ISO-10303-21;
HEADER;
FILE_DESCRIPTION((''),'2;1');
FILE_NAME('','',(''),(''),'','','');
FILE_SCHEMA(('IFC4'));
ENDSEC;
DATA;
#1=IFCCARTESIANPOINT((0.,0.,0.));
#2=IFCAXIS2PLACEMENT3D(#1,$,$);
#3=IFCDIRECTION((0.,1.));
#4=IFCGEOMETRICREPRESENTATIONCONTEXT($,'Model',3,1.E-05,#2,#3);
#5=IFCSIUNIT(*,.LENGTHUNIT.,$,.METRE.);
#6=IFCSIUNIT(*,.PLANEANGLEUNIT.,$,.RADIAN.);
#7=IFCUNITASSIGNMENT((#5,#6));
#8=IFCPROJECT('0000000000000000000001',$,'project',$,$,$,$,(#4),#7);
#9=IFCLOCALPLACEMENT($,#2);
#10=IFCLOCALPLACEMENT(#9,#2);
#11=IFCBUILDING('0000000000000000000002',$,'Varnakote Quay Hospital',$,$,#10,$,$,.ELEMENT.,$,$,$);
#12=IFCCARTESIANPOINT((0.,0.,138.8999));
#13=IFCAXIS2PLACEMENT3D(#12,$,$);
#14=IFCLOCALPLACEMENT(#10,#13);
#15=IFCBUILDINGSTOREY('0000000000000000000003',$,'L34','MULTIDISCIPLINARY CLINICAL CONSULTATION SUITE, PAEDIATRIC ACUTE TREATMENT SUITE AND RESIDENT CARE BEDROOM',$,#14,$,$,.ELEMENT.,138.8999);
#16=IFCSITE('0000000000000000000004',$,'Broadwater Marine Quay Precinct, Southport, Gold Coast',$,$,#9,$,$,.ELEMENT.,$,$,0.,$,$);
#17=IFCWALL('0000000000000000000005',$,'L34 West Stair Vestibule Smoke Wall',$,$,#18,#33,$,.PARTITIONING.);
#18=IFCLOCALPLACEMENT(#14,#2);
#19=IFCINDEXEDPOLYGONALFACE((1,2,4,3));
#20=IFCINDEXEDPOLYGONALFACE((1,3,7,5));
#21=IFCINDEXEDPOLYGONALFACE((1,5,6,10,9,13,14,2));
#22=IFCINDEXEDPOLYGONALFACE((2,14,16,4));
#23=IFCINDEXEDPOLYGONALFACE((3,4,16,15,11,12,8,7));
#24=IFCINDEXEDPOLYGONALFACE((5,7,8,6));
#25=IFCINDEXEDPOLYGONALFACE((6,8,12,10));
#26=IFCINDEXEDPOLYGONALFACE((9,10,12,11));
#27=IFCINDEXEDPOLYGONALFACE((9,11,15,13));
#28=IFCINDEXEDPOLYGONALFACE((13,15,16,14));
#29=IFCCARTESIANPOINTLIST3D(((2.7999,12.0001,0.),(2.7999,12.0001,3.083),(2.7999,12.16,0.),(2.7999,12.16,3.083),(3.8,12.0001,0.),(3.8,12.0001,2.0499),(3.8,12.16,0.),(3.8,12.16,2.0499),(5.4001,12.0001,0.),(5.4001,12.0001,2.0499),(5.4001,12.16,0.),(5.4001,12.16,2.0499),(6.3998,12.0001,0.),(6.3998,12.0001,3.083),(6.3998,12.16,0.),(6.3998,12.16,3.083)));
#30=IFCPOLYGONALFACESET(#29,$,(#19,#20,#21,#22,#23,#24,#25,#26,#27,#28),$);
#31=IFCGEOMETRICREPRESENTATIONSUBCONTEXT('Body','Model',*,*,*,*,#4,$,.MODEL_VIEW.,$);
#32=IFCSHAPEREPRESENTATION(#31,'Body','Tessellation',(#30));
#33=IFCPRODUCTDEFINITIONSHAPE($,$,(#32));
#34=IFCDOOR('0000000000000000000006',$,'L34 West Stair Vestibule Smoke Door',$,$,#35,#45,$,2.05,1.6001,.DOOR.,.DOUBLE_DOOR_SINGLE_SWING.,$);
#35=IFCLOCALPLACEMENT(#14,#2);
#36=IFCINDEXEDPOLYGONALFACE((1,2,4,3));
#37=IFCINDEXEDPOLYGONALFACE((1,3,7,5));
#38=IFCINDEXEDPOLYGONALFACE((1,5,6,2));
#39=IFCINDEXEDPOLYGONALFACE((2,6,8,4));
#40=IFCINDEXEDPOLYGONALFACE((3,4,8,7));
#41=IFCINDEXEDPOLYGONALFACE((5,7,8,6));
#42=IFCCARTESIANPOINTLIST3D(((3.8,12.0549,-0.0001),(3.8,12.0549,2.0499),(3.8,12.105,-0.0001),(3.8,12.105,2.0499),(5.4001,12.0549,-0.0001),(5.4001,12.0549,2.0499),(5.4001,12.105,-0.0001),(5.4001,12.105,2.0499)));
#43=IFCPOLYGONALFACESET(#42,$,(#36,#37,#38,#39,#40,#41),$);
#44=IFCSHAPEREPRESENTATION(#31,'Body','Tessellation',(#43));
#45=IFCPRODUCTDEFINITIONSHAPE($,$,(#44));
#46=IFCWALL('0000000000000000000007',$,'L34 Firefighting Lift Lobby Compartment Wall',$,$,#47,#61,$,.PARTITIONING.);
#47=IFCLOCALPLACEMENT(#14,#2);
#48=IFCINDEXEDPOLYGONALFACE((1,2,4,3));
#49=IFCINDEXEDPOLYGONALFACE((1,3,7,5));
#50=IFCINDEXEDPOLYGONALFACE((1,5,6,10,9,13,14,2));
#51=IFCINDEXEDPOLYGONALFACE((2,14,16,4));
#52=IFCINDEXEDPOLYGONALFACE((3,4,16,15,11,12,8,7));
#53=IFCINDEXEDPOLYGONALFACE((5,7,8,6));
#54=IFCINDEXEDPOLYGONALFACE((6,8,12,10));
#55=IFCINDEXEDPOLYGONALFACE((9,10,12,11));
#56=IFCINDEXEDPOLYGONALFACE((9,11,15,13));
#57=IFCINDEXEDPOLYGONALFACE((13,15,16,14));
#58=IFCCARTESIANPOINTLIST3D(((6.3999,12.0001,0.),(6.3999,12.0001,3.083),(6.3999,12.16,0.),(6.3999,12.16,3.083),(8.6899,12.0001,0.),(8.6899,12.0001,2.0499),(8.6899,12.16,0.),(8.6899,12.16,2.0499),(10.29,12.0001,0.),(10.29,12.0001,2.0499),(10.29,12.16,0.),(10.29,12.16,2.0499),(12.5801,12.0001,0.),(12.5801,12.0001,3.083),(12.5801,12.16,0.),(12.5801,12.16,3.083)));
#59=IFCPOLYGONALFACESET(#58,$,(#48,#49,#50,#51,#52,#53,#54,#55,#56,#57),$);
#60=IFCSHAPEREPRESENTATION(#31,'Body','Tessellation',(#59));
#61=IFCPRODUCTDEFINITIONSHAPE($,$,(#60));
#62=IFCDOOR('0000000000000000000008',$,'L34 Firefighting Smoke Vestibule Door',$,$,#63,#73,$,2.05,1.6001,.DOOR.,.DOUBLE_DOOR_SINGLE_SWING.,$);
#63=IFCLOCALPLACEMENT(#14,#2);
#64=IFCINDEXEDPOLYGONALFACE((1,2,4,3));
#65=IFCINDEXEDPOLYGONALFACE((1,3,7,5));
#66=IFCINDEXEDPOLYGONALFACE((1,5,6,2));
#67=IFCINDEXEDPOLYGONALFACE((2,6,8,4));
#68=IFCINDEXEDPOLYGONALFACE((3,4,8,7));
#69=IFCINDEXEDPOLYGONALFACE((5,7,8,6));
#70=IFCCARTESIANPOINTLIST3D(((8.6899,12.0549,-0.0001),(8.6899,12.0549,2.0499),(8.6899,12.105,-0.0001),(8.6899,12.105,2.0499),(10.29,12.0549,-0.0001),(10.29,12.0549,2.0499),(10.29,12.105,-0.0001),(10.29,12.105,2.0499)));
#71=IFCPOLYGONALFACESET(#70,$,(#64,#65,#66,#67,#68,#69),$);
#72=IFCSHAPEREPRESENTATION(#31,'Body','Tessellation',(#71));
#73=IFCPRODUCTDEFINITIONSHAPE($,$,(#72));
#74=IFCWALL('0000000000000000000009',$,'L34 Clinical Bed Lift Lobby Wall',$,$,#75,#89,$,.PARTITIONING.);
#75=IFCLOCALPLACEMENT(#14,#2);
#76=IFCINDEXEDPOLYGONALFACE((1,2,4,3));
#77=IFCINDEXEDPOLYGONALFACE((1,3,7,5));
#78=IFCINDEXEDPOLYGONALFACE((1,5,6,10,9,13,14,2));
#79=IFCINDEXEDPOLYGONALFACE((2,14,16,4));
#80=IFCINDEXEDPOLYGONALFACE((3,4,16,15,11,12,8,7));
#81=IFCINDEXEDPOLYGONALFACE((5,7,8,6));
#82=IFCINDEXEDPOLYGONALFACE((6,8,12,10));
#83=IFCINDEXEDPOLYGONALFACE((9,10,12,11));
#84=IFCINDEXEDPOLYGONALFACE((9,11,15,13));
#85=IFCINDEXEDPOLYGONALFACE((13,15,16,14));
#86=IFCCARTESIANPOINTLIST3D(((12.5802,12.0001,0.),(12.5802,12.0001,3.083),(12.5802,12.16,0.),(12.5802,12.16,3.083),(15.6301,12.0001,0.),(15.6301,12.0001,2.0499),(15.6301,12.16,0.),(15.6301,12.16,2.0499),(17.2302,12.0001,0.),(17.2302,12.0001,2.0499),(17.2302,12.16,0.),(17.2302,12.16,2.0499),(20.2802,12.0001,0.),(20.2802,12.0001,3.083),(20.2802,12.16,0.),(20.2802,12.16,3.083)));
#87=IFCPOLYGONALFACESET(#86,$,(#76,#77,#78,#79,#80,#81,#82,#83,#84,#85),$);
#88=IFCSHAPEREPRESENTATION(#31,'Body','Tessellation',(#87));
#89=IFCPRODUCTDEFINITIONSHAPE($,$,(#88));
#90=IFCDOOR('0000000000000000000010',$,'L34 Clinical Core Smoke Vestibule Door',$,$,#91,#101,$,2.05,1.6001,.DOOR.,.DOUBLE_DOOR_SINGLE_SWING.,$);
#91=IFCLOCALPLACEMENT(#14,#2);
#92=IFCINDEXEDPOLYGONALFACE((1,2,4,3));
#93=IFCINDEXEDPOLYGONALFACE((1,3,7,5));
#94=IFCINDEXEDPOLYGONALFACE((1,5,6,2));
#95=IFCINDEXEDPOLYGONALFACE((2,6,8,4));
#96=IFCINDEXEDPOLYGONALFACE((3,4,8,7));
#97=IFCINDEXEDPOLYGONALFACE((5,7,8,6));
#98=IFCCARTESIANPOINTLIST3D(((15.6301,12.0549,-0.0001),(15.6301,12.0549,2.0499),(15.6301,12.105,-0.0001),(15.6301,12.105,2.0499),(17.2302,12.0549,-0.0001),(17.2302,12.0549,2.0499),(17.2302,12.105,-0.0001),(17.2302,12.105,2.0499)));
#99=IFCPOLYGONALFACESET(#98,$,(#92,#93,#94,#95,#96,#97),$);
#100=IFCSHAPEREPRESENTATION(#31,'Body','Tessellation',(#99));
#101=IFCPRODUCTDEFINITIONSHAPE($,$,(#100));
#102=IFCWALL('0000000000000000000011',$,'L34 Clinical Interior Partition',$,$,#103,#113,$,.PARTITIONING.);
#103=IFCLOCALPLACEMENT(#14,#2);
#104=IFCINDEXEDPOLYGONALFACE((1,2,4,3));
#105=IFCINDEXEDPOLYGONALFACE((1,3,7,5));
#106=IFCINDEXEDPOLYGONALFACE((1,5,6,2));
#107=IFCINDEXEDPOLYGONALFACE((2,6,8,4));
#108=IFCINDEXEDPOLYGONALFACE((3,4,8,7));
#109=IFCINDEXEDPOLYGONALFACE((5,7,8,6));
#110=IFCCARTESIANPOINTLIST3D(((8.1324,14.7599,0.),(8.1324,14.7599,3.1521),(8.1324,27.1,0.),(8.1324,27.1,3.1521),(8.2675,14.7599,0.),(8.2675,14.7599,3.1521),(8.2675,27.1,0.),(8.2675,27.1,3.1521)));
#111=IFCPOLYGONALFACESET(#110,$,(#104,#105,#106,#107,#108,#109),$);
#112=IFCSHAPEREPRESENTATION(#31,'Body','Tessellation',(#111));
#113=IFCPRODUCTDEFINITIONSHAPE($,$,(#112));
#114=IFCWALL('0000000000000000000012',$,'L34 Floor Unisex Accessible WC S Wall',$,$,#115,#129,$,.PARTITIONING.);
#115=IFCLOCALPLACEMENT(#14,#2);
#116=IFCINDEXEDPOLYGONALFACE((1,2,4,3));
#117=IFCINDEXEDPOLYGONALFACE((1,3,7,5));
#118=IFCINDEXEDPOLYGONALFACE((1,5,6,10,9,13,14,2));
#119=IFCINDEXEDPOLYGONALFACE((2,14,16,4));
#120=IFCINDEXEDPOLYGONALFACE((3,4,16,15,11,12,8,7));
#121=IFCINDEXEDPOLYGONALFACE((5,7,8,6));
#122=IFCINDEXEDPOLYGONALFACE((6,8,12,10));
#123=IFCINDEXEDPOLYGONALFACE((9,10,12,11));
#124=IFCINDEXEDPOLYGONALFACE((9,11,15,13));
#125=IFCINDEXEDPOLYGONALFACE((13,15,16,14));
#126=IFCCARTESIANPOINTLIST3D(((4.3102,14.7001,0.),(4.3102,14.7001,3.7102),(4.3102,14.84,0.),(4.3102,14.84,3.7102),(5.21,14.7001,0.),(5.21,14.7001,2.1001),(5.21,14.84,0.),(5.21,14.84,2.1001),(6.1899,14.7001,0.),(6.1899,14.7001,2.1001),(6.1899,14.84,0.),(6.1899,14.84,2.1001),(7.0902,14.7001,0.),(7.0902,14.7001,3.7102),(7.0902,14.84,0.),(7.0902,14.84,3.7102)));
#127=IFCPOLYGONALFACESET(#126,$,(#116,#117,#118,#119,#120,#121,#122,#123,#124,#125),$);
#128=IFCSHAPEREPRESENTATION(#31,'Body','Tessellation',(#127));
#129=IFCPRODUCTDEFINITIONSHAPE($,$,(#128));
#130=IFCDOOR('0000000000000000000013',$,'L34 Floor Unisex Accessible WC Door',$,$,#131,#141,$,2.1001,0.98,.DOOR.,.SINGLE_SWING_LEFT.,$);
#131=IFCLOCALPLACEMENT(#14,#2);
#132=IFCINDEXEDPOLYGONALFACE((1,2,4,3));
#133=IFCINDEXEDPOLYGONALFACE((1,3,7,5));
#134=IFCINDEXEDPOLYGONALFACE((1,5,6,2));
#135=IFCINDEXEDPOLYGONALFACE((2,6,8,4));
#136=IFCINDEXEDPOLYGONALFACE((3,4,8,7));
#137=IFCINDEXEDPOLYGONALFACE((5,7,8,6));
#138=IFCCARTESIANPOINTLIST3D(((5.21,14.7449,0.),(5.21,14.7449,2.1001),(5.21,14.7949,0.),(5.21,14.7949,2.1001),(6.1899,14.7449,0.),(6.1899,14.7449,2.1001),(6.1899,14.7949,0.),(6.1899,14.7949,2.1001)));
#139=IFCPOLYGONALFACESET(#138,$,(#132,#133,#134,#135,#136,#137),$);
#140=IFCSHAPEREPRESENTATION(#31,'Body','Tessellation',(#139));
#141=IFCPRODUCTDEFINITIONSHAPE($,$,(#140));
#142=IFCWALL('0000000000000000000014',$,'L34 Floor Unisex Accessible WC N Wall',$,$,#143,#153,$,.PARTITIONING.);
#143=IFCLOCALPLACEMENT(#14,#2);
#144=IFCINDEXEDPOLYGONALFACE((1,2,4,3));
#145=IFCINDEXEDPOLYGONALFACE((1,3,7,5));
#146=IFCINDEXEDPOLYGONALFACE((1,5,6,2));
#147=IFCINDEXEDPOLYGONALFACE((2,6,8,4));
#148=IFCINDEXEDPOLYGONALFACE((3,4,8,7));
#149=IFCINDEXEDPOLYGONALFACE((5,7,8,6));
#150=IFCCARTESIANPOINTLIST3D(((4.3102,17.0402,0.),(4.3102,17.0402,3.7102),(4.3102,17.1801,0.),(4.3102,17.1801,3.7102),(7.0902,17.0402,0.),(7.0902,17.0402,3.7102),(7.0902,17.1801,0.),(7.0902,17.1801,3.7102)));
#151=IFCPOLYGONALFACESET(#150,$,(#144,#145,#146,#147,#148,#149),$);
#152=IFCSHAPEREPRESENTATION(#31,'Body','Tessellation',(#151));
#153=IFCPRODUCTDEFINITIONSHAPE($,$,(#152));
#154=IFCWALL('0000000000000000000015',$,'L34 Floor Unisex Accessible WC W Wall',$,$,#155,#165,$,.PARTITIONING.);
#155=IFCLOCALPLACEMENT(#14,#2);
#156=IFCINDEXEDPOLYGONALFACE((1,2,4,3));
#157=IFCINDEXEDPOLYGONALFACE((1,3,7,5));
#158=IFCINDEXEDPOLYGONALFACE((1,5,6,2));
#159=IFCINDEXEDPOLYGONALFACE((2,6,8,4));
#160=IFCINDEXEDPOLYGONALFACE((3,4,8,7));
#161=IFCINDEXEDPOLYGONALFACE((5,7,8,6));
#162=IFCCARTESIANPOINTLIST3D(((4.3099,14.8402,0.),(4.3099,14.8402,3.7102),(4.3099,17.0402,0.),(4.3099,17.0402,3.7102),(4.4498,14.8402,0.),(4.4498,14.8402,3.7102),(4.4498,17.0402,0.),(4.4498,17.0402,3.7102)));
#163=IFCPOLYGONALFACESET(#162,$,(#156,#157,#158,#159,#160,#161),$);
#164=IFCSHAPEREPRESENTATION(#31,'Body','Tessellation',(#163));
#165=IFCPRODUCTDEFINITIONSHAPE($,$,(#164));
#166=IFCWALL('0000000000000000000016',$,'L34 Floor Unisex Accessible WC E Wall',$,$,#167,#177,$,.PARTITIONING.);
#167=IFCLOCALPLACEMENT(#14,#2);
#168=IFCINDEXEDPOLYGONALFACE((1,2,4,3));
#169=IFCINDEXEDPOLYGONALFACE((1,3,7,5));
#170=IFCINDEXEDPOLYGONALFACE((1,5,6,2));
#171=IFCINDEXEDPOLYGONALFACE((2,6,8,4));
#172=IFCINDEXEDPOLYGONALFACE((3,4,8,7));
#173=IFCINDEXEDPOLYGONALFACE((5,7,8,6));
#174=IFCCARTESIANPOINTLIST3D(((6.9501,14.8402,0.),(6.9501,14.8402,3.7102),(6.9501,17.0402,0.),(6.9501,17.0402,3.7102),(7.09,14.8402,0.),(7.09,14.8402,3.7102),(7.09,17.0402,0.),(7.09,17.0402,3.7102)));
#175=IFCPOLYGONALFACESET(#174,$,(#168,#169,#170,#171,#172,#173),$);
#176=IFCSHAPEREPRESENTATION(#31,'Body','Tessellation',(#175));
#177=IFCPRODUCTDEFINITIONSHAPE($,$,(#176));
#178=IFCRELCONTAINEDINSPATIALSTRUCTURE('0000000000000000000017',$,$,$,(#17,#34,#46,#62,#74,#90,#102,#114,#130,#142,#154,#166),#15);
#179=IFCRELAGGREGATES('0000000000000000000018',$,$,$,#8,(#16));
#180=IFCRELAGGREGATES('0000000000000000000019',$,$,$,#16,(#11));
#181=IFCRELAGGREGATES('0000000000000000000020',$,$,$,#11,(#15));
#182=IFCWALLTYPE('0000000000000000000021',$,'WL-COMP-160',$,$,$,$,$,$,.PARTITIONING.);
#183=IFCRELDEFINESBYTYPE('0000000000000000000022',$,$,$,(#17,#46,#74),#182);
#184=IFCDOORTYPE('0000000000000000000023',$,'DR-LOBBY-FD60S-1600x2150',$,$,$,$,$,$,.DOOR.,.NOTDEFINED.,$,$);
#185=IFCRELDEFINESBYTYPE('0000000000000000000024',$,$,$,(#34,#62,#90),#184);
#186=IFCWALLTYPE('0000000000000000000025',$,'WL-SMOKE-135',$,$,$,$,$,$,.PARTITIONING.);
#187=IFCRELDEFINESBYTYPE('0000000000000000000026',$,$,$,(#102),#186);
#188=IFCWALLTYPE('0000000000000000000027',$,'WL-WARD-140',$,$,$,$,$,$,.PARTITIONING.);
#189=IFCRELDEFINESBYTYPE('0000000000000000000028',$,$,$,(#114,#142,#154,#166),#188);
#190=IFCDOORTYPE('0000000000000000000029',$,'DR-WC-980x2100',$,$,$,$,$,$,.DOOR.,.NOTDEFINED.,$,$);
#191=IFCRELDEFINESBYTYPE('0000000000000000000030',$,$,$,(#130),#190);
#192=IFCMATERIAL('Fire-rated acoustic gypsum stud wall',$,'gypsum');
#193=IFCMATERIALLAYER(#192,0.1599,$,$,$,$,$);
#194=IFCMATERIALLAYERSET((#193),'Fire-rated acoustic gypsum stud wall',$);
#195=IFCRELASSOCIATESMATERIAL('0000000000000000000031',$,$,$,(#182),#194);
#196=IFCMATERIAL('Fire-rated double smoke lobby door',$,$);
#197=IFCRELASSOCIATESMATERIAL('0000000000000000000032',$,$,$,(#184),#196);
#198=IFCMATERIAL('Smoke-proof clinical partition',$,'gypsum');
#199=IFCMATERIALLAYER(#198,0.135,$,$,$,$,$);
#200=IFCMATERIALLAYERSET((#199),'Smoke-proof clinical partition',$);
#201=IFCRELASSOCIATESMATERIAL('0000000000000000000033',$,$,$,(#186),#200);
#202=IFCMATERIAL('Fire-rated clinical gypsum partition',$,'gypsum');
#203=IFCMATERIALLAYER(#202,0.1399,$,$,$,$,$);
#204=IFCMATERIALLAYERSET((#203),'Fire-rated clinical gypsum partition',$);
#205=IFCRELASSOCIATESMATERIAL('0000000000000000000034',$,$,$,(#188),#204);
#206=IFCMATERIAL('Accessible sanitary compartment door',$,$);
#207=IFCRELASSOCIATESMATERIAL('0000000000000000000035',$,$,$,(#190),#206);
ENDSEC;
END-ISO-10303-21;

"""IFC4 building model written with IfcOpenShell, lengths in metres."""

from ifc_helpers import new_model, si_unit, direction, frame, frame_2d, origin, place, context, subcontext, project, spatial, rectangle, extrude, material, layer, layer_set, type_object, element, fill, save


model = new_model("IFC4")

# Units and contexts
model_context = context("Model", 3, precision=1e-05, world=origin(), true_north=direction((0.0, 1.0)))
body_context = subcontext(model_context, "Body", "Model", "MODEL_VIEW")
ifc_project = project(units=[si_unit("LENGTHUNIT", "METRE"), si_unit("PLANEANGLEUNIT", "RADIAN")], contexts=[model_context])

# Site, building, storey
site_placement = place(None, origin())
site = spatial("IfcSite", under=ifc_project, at=site_placement, Name="Broadwater Marine Quay Precinct, Southport, Gold Coast", CompositionType="ELEMENT", RefElevation=0.0)
building_placement = place(site_placement, origin())
building = spatial("IfcBuilding", under=site, at=building_placement, Name="Varnakote Quay Hospital", CompositionType="ELEMENT")
storey_placement = place(building_placement, frame((0.0, 0.0, 138.8999)))
storey = spatial("IfcBuildingStorey", under=building, at=storey_placement, Name="L34", Description="MULTIDISCIPLINARY CLINICAL CONSULTATION SUITE, PAEDIATRIC ACUTE TREATMENT SUITE AND RESIDENT CARE BEDROOM", CompositionType="ELEMENT", Elevation=138.8999)

# Walls, openings, doors
ifc_material_1 = material(Name="Fire-rated acoustic gypsum stud wall", Category="gypsum")
ifc_layer_1 = layer(ifc_material_1, 0.1599)
ifc_layer_set_1 = layer_set([ifc_layer_1], Name="Fire-rated acoustic gypsum stud wall")
wall_type_1 = type_object("IfcWallType", Name="WL-COMP-160", PredefinedType="PARTITIONING", material=ifc_layer_set_1)
wall_1_placement = place(storey_placement, frame((2.8, 12.0801, 0.0), z_axis=(0.0, 0.0, 1.0), x_axis=(1.0, 0.0, 0.0)))
wall_1 = element("IfcWall", 1, at=wall_1_placement, inside=storey, type_object=wall_type_1, Name="L34 West Stair Vestibule Smoke Wall", PredefinedType="PARTITIONING", context=body_context, shape_type="SweptSolid", body=[
    extrude(rectangle(XDim=3.5999, YDim=0.1599, at=frame_2d((1.7998, 0.0))), origin(), (0.0, 0.0, 1.0), 3.083),
])
opening_1_placement = place(wall_1_placement, frame((1.0, 0.0, 0.0)))
opening_1 = element("IfcOpeningElement", 2, at=opening_1_placement, cuts=wall_1, PredefinedType="OPENING", context=body_context, shape_type="SweptSolid", body=[
    extrude(rectangle(XDim=1.6001, YDim=2.05, at=frame_2d((0.8, 1.0249))), frame((0.0, 0.0898, 0.0), z_axis=(0.0, -1.0, 0.0), x_axis=(1.0, 0.0, 0.0)), (0.0, 0.0, 1.0), 0.1799),
])
ifc_material_2 = material(Name="Fire-rated double smoke lobby door")
door_type_1 = type_object("IfcDoorType", Name="DR-LOBBY-FD60S-1600x2150", OperationType="NOTDEFINED", PredefinedType="DOOR", material=ifc_material_2)
door_1_placement = place(opening_1_placement, origin())
door_1 = element("IfcDoor", 3, at=door_1_placement, inside=storey, type_object=door_type_1, Name="L34 West Stair Vestibule Smoke Door", OperationType="DOUBLE_DOOR_SINGLE_SWING", OverallHeight=2.05, OverallWidth=1.6001, PredefinedType="DOOR", context=body_context, shape_type="SweptSolid", body=[
    extrude(rectangle(XDim=1.6001, YDim=2.05, at=frame_2d((0.8, 1.0249))), frame((0.0, 0.0249, 0.0), z_axis=(0.0, -1.0, 0.0), x_axis=(1.0, 0.0, 0.0)), (0.0, 0.0, 1.0), 0.05),
])
fill(opening_1, door_1)
wall_2_placement = place(storey_placement, frame((6.3999, 12.0801, 0.0), z_axis=(0.0, 0.0, 1.0), x_axis=(1.0, 0.0, 0.0)))
wall_2 = element("IfcWall", 4, at=wall_2_placement, inside=storey, type_object=wall_type_1, Name="L34 Firefighting Lift Lobby Compartment Wall", PredefinedType="PARTITIONING", context=body_context, shape_type="SweptSolid", body=[
    extrude(rectangle(XDim=6.1802, YDim=0.1599, at=frame_2d((3.0901, 0.0))), origin(), (0.0, 0.0, 1.0), 3.083),
])
opening_2_placement = place(wall_2_placement, frame((2.29, 0.0, 0.0)))
opening_2 = element("IfcOpeningElement", 5, at=opening_2_placement, cuts=wall_2, PredefinedType="OPENING", context=body_context, shape_type="SweptSolid", body=[
    extrude(rectangle(XDim=1.6001, YDim=2.05, at=frame_2d((0.8, 1.0249))), frame((0.0, 0.0898, 0.0), z_axis=(0.0, -1.0, 0.0), x_axis=(1.0, 0.0, 0.0)), (0.0, 0.0, 1.0), 0.1799),
])
door_2_placement = place(opening_2_placement, origin())
door_2 = element("IfcDoor", 6, at=door_2_placement, inside=storey, type_object=door_type_1, Name="L34 Firefighting Smoke Vestibule Door", OperationType="DOUBLE_DOOR_SINGLE_SWING", OverallHeight=2.05, OverallWidth=1.6001, PredefinedType="DOOR", context=body_context, shape_type="SweptSolid", body=[
    extrude(rectangle(XDim=1.6001, YDim=2.05, at=frame_2d((0.8, 1.0249))), frame((0.0, 0.0249, 0.0), z_axis=(0.0, -1.0, 0.0), x_axis=(1.0, 0.0, 0.0)), (0.0, 0.0, 1.0), 0.05),
])
fill(opening_2, door_2)
wall_3_placement = place(storey_placement, frame((12.5801, 12.0801, 0.0), z_axis=(0.0, 0.0, 1.0), x_axis=(1.0, 0.0, 0.0)))
wall_3 = element("IfcWall", 7, at=wall_3_placement, inside=storey, type_object=wall_type_1, Name="L34 Clinical Bed Lift Lobby Wall", PredefinedType="PARTITIONING", context=body_context, shape_type="SweptSolid", body=[
    extrude(rectangle(XDim=7.7, YDim=0.1599, at=frame_2d((3.8501, 0.0))), origin(), (0.0, 0.0, 1.0), 3.083),
])
opening_3_placement = place(wall_3_placement, frame((3.05, 0.0, 0.0)))
opening_3 = element("IfcOpeningElement", 8, at=opening_3_placement, cuts=wall_3, PredefinedType="OPENING", context=body_context, shape_type="SweptSolid", body=[
    extrude(rectangle(XDim=1.6001, YDim=2.05, at=frame_2d((0.8, 1.0249))), frame((0.0, 0.0898, 0.0), z_axis=(0.0, -1.0, 0.0), x_axis=(1.0, 0.0, 0.0)), (0.0, 0.0, 1.0), 0.1799),
])
door_3_placement = place(opening_3_placement, origin())
door_3 = element("IfcDoor", 9, at=door_3_placement, inside=storey, type_object=door_type_1, Name="L34 Clinical Core Smoke Vestibule Door", OperationType="DOUBLE_DOOR_SINGLE_SWING", OverallHeight=2.05, OverallWidth=1.6001, PredefinedType="DOOR", context=body_context, shape_type="SweptSolid", body=[
    extrude(rectangle(XDim=1.6001, YDim=2.05, at=frame_2d((0.8, 1.0249))), frame((0.0, 0.0249, 0.0), z_axis=(0.0, -1.0, 0.0), x_axis=(1.0, 0.0, 0.0)), (0.0, 0.0, 1.0), 0.05),
])
fill(opening_3, door_3)

# Wall
ifc_material_3 = material(Name="Smoke-proof clinical partition", Category="gypsum")
ifc_layer_2 = layer(ifc_material_3, 0.135)
ifc_layer_set_2 = layer_set([ifc_layer_2], Name="Smoke-proof clinical partition")
wall_type_2 = type_object("IfcWallType", Name="WL-SMOKE-135", PredefinedType="PARTITIONING", material=ifc_layer_set_2)
wall_4_placement = place(storey_placement, frame((8.2, 14.76, 0.0), z_axis=(0.0, 0.0, 1.0), x_axis=(0.0, 1.0, 0.0)))
element("IfcWall", 10, at=wall_4_placement, inside=storey, type_object=wall_type_2, Name="L34 Clinical Interior Partition", PredefinedType="PARTITIONING", context=body_context, shape_type="SweptSolid", body=[
    extrude(rectangle(XDim=12.3401, YDim=0.135, at=frame_2d((6.1699, 0.0))), origin(), (0.0, 0.0, 1.0), 3.1521),
])

# Wall, opening, door
ifc_material_4 = material(Name="Fire-rated clinical gypsum partition", Category="gypsum")
ifc_layer_3 = layer(ifc_material_4, 0.1399)
ifc_layer_set_3 = layer_set([ifc_layer_3], Name="Fire-rated clinical gypsum partition")
wall_type_3 = type_object("IfcWallType", Name="WL-WARD-140", PredefinedType="PARTITIONING", material=ifc_layer_set_3)
wall_5_placement = place(storey_placement, frame((4.3101, 14.77, 0.0), z_axis=(0.0, 0.0, 1.0), x_axis=(1.0, 0.0, 0.0)))
wall_5 = element("IfcWall", 11, at=wall_5_placement, inside=storey, type_object=wall_type_3, Name="L34 Floor Unisex Accessible WC S Wall", PredefinedType="PARTITIONING", context=body_context, shape_type="SweptSolid", body=[
    extrude(rectangle(XDim=2.78, YDim=0.1399, at=frame_2d((1.3901, 0.0))), origin(), (0.0, 0.0, 1.0), 3.7102),
])
opening_4_placement = place(wall_5_placement, frame((0.8999, 0.0, 0.0)))
opening_4 = element("IfcOpeningElement", 12, at=opening_4_placement, cuts=wall_5, PredefinedType="OPENING", context=body_context, shape_type="SweptSolid", body=[
    extrude(rectangle(XDim=0.98, YDim=2.1001, at=frame_2d((0.49, 1.05))), frame((0.0, 0.0798, 0.0), z_axis=(0.0, -1.0, 0.0), x_axis=(1.0, 0.0, 0.0)), (0.0, 0.0, 1.0), 0.1599),
])
ifc_material_5 = material(Name="Accessible sanitary compartment door")
door_type_2 = type_object("IfcDoorType", Name="DR-WC-980x2100", OperationType="NOTDEFINED", PredefinedType="DOOR", material=ifc_material_5)
door_4_placement = place(opening_4_placement, origin())
door_4 = element("IfcDoor", 13, at=door_4_placement, inside=storey, type_object=door_type_2, Name="L34 Floor Unisex Accessible WC Door", OperationType="SINGLE_SWING_LEFT", OverallHeight=2.1001, OverallWidth=0.98, PredefinedType="DOOR", context=body_context, shape_type="SweptSolid", body=[
    extrude(rectangle(XDim=0.98, YDim=2.1001, at=frame_2d((0.49, 1.05))), frame((0.0, 0.0249, 0.0), z_axis=(0.0, -1.0, 0.0), x_axis=(1.0, 0.0, 0.0)), (0.0, 0.0, 1.0), 0.05),
])
fill(opening_4, door_4)

# Walls
wall_6_placement = place(storey_placement, frame((4.3101, 17.1101, 0.0), z_axis=(0.0, 0.0, 1.0), x_axis=(1.0, 0.0, 0.0)))
element("IfcWall", 14, at=wall_6_placement, inside=storey, type_object=wall_type_3, Name="L34 Floor Unisex Accessible WC N Wall", PredefinedType="PARTITIONING", context=body_context, shape_type="SweptSolid", body=[
    extrude(rectangle(XDim=2.78, YDim=0.1399, at=frame_2d((1.3901, 0.0))), origin(), (0.0, 0.0, 1.0), 3.7102),
])
for number, where, z_axis, x_axis, name in (
    (15, (4.3799, 14.8401, 0.0), (0.0, 0.0, 1.0), (0.0, 1.0, 0.0), "L34 Floor Unisex Accessible WC W Wall"),
    (16, (7.02, 14.8401, 0.0), (0.0, 0.0, 1.0), (0.0, 1.0, 0.0), "L34 Floor Unisex Accessible WC E Wall"),
):
    element("IfcWall", number, at=place(storey_placement, frame(where, z_axis=z_axis, x_axis=x_axis)), inside=storey, type_object=wall_type_3, Name=name, PredefinedType="PARTITIONING", context=body_context, shape_type="SweptSolid", body=[
        extrude(rectangle(XDim=2.2, YDim=0.1399, at=frame_2d((1.1001, 0.0))), origin(), (0.0, 0.0, 1.0), 3.7102),
    ])

save(model, "model.ifc")
